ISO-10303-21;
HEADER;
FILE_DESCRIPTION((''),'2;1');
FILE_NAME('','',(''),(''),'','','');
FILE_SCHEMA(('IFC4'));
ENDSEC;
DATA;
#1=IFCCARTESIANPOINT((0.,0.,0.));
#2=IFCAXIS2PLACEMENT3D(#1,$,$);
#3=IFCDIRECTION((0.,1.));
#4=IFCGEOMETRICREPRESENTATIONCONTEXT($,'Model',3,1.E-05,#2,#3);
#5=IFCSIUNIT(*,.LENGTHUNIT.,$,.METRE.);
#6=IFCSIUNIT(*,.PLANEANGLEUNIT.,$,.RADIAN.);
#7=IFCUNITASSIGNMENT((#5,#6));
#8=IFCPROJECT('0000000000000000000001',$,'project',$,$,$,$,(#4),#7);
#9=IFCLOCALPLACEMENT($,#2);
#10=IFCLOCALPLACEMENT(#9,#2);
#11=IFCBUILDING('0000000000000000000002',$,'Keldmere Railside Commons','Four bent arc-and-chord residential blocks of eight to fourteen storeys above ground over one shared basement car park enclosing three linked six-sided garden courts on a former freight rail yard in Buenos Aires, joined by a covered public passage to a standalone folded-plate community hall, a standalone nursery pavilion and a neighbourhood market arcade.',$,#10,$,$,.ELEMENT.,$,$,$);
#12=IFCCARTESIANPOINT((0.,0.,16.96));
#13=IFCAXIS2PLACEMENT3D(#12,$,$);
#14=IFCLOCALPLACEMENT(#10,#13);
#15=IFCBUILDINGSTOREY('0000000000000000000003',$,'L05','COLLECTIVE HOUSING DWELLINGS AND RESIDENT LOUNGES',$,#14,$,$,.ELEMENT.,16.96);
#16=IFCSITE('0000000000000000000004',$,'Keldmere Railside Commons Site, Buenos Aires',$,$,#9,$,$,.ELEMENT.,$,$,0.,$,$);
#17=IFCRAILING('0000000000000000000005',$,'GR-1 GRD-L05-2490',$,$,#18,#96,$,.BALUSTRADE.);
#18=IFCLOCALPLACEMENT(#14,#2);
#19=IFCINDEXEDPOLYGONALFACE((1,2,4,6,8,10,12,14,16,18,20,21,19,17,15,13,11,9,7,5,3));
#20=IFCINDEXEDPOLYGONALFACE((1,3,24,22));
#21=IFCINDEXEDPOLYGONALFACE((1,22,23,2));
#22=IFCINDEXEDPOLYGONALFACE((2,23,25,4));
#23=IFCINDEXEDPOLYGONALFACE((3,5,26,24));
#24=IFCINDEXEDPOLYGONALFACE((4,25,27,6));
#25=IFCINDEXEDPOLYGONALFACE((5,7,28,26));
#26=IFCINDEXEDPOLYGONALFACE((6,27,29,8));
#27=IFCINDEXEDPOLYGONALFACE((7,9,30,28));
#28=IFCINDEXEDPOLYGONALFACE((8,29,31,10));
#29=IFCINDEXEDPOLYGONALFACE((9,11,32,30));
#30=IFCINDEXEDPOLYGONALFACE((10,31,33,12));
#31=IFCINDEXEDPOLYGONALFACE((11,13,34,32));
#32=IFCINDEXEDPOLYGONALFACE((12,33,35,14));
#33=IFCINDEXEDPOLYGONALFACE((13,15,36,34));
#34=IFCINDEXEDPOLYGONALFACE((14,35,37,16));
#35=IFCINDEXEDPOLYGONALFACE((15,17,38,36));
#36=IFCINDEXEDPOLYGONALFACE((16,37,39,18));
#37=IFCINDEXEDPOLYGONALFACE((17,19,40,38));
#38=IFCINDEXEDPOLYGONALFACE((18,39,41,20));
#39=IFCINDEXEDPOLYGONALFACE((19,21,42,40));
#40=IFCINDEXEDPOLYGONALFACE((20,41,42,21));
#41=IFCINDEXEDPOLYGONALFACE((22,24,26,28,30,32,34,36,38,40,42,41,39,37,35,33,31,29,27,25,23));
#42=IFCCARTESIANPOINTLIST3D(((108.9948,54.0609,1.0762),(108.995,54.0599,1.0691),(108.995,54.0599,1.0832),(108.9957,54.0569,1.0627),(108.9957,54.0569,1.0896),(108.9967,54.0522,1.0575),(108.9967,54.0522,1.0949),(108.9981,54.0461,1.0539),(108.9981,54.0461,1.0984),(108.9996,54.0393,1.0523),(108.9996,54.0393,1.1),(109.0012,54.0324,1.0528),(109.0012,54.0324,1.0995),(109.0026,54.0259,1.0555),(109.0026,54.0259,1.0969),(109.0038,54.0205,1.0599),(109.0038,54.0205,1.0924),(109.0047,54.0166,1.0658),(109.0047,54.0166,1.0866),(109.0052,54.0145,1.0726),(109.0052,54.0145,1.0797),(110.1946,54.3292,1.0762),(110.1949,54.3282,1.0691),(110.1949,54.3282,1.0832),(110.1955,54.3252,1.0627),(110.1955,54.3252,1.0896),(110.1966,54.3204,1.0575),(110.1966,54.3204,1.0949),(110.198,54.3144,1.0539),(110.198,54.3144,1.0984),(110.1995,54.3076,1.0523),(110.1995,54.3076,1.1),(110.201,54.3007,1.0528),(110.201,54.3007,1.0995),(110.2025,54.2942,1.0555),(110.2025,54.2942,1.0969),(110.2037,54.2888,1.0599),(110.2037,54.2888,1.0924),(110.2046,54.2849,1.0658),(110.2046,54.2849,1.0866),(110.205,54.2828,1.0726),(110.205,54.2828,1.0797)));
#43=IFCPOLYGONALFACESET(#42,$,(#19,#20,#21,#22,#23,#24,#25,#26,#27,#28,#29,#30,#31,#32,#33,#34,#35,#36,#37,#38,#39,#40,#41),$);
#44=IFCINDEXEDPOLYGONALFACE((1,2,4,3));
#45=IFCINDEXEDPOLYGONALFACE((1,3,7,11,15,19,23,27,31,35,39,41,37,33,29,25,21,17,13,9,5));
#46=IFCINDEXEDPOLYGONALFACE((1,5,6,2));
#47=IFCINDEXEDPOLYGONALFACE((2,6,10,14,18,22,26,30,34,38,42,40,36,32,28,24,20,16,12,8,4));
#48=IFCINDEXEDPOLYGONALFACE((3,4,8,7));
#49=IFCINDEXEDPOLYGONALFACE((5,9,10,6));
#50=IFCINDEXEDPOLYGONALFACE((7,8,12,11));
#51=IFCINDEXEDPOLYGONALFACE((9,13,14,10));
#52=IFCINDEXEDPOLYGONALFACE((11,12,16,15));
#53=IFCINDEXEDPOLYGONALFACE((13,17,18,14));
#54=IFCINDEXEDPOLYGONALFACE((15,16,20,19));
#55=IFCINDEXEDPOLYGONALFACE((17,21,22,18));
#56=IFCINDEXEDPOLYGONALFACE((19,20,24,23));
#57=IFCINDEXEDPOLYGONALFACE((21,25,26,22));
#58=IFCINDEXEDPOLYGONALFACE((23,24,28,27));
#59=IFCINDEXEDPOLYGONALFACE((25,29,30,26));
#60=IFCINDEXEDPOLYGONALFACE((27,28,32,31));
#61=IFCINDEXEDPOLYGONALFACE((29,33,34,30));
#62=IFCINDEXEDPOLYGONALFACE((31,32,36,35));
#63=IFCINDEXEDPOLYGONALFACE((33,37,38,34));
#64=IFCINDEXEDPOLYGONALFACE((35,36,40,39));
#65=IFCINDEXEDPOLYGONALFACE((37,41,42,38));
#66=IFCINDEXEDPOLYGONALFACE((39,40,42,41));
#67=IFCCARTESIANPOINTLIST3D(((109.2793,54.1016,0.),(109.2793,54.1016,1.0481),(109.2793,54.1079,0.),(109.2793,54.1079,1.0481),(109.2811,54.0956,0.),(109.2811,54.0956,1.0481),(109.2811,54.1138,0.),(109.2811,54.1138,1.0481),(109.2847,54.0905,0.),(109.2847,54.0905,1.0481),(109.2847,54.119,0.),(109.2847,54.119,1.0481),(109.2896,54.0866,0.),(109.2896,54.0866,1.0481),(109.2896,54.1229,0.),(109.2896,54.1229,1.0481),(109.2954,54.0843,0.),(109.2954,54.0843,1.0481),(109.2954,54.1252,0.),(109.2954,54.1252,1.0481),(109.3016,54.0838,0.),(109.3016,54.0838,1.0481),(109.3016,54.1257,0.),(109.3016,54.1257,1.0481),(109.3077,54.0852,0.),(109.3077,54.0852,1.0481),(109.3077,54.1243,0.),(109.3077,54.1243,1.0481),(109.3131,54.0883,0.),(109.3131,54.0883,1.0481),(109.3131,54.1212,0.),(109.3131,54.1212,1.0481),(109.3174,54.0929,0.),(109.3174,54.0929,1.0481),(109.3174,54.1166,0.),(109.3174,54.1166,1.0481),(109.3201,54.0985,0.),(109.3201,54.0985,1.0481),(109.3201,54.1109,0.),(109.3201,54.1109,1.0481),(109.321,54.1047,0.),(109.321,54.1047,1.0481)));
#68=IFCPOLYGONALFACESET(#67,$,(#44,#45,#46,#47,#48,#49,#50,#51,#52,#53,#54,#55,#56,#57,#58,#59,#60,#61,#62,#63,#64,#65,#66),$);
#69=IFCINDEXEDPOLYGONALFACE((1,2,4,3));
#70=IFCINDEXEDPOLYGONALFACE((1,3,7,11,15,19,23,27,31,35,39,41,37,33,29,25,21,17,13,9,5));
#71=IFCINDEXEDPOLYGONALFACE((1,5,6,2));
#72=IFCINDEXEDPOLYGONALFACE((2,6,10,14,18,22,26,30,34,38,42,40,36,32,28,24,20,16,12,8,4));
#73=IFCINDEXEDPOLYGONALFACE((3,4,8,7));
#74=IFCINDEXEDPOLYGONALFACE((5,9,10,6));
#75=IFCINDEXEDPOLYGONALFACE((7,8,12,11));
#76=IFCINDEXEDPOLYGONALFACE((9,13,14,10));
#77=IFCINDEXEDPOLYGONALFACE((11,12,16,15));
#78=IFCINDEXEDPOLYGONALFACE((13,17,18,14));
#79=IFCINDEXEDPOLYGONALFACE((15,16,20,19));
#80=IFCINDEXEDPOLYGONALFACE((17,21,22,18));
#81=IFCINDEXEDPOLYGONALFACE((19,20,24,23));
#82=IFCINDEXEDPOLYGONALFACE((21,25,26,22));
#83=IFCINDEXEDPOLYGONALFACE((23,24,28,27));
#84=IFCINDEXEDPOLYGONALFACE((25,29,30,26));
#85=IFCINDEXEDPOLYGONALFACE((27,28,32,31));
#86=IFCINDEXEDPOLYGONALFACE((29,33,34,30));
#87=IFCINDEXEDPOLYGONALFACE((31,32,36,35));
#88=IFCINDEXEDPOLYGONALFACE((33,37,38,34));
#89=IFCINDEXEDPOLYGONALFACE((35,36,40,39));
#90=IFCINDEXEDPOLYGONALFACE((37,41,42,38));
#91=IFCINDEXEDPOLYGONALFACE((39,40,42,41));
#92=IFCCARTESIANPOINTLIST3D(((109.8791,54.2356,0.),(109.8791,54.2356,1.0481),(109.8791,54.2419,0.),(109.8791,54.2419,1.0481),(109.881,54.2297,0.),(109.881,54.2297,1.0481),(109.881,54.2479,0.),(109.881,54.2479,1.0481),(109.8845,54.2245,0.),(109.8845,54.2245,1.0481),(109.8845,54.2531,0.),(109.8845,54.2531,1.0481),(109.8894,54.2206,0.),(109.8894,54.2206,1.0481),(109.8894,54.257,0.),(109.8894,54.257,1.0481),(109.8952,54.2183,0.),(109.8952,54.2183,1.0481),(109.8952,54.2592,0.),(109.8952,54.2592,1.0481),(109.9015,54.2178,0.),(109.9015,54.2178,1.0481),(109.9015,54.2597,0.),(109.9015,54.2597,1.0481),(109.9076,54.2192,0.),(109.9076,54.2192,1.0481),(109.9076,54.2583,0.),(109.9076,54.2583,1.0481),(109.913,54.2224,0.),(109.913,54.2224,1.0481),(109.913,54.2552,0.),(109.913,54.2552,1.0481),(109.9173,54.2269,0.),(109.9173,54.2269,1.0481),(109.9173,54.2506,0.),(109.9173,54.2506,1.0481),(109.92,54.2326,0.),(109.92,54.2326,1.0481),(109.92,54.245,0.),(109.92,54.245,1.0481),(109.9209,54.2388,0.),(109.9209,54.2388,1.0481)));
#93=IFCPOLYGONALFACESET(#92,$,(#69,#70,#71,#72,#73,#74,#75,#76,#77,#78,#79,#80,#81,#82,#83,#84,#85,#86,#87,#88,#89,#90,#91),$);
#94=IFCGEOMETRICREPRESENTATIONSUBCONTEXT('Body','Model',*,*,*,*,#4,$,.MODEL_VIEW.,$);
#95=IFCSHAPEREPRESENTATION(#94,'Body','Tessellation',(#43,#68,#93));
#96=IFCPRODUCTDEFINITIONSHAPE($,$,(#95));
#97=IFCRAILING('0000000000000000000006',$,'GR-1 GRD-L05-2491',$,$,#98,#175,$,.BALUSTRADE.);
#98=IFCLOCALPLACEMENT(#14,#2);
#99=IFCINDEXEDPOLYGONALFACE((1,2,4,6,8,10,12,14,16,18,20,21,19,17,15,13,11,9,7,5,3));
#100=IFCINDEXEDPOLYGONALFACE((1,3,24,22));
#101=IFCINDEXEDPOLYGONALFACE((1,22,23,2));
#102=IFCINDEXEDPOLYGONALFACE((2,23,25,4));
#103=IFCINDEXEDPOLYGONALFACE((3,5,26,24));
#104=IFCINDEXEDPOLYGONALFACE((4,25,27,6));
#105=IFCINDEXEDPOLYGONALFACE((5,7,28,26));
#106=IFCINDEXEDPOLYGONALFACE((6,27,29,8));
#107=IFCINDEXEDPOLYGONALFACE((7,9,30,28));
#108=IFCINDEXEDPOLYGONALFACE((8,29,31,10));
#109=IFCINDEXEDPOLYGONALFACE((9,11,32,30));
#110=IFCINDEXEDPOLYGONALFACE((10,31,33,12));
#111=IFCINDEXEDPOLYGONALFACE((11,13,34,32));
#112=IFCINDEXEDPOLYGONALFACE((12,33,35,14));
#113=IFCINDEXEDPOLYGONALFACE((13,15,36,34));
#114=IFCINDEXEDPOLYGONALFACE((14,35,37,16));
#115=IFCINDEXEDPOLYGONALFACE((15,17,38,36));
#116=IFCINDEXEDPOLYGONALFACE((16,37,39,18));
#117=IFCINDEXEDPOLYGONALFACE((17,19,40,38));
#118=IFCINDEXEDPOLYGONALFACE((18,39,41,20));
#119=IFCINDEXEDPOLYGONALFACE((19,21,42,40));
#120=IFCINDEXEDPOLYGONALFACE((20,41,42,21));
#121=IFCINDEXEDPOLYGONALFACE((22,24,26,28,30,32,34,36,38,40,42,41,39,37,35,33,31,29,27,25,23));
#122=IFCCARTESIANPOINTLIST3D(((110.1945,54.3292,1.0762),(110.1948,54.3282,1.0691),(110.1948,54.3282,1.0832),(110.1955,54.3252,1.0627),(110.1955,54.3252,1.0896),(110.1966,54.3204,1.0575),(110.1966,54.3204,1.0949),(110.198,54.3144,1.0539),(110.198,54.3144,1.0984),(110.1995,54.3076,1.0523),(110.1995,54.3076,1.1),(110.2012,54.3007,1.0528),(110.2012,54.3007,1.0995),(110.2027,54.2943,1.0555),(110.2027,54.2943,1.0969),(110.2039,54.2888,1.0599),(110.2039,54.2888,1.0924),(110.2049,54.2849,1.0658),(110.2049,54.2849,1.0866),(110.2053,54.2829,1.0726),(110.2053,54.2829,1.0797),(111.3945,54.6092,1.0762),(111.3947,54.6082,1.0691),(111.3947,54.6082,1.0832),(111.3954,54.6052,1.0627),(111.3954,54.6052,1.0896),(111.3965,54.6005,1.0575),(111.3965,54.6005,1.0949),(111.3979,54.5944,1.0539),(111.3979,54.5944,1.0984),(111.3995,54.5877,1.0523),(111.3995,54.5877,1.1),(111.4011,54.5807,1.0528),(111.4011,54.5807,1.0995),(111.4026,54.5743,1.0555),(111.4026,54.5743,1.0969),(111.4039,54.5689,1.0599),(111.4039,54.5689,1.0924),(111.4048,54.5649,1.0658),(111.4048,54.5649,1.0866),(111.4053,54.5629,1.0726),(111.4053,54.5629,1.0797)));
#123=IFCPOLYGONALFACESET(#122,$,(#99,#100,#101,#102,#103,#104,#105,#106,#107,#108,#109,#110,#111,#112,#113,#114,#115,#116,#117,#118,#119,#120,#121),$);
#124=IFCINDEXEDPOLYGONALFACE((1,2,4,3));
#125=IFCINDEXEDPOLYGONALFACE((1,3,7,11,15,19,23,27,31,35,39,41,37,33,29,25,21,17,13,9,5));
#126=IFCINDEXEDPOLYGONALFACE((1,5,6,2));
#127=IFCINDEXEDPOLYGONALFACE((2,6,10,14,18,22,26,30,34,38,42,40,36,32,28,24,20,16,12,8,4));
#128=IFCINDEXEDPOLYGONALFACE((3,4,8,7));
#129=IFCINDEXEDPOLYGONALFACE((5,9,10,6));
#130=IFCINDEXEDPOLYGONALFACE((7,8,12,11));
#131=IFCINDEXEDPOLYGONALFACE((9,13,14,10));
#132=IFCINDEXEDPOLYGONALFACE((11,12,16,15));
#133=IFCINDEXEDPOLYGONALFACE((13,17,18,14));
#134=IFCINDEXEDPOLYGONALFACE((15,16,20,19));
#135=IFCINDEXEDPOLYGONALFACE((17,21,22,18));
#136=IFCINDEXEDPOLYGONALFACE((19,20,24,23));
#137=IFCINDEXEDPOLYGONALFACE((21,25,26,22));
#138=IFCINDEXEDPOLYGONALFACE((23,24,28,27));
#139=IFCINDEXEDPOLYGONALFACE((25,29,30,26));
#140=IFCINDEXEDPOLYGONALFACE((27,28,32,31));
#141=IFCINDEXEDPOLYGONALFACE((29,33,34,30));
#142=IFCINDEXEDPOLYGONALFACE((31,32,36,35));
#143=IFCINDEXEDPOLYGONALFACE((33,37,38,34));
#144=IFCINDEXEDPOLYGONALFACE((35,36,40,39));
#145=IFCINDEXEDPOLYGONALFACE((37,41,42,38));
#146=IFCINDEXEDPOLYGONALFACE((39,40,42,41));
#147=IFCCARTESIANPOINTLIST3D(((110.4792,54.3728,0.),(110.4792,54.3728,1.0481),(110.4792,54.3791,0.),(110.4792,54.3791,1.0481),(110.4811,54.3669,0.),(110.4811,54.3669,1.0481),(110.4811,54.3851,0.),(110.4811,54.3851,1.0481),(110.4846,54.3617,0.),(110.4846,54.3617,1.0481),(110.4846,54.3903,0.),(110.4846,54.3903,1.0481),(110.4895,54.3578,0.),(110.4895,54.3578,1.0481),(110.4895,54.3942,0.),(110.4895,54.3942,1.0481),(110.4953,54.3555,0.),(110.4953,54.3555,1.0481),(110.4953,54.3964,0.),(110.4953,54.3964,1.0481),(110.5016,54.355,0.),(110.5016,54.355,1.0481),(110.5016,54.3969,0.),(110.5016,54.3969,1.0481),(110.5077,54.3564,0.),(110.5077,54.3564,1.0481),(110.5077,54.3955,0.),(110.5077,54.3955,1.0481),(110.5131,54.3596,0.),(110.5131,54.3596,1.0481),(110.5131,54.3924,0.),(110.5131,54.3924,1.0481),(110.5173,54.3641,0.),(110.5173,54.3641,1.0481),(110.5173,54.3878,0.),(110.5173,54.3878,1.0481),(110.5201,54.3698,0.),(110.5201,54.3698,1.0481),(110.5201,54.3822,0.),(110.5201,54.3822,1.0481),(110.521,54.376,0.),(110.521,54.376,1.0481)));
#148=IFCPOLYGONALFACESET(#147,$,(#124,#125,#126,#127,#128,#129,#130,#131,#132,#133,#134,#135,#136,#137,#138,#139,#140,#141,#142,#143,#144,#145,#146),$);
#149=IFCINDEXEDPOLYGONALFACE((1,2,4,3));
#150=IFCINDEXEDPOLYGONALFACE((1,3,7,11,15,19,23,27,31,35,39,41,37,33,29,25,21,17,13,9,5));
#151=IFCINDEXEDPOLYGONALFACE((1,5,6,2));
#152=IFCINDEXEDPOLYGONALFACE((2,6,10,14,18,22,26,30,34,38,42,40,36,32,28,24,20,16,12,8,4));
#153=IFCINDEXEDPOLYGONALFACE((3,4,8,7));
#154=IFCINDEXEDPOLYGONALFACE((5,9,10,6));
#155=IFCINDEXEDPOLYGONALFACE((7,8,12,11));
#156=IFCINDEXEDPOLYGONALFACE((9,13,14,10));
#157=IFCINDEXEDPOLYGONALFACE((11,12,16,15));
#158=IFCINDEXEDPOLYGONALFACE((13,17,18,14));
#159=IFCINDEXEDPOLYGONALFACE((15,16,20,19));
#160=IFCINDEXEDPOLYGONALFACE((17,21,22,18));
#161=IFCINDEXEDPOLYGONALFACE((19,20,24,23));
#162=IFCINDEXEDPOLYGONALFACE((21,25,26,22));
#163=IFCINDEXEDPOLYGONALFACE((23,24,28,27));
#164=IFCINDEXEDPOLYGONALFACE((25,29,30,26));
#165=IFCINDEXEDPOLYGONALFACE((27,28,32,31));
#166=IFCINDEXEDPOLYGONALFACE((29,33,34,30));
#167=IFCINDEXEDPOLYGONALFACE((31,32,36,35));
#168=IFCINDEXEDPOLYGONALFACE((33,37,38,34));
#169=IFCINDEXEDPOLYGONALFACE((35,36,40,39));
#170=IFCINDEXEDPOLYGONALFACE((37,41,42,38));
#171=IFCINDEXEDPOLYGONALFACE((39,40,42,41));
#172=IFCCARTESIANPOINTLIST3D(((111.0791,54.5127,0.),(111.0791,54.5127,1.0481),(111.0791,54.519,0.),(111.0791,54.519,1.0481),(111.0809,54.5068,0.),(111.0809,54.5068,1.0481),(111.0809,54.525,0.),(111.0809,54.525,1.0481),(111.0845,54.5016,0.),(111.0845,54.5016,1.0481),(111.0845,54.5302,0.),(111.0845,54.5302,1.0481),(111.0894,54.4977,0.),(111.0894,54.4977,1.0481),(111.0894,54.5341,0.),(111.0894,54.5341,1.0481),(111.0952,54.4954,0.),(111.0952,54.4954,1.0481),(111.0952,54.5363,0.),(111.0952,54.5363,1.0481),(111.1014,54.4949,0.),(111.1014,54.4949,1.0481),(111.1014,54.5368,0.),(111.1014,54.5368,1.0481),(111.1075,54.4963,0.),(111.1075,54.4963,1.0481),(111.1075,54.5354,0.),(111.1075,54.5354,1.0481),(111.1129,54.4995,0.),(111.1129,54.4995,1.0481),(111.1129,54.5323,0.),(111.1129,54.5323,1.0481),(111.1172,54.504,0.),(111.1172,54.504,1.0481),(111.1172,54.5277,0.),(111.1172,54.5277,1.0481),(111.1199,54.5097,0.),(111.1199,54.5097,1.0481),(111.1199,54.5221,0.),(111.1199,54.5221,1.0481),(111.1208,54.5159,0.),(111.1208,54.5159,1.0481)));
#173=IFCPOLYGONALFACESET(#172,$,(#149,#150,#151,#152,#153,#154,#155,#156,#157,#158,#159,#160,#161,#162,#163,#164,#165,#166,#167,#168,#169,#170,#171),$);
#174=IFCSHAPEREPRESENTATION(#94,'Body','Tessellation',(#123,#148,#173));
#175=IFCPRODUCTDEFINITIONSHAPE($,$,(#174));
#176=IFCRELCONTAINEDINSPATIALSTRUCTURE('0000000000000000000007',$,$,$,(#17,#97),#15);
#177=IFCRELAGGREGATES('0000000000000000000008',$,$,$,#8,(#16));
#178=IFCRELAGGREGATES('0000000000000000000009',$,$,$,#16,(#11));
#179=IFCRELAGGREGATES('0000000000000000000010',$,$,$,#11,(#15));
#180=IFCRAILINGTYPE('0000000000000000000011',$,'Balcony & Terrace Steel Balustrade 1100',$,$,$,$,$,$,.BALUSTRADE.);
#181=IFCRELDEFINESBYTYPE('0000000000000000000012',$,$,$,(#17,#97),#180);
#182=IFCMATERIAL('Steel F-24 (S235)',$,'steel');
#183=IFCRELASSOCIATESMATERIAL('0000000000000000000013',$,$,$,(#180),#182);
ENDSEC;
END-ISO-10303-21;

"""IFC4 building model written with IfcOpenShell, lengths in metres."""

from ifc_helpers import new_model, si_unit, direction, frame, origin, origin_2d, place, context, subcontext, project, spatial, circle, extrude, material, type_object, element, save


model = new_model("IFC4")

# Units and contexts
model_context = context("Model", 3, precision=1e-05, world=origin(), true_north=direction((0.0, 1.0)))
body_context = subcontext(model_context, "Body", "Model", "MODEL_VIEW")
ifc_project = project(units=[si_unit("LENGTHUNIT", "METRE"), si_unit("PLANEANGLEUNIT", "RADIAN")], contexts=[model_context])

# Site, building, storey
site_placement = place(None, origin())
site = spatial("IfcSite", under=ifc_project, at=site_placement, Name="Keldmere Railside Commons Site, Buenos Aires", CompositionType="ELEMENT", RefElevation=0.0)
building_placement = place(site_placement, origin())
building = spatial("IfcBuilding", under=site, at=building_placement, Name="Keldmere Railside Commons", Description="Four bent arc-and-chord residential blocks of eight to fourteen storeys above ground over one shared basement car park enclosing three linked six-sided garden courts on a former freight rail yard in Buenos Aires, joined by a covered public passage to a standalone folded-plate community hall, a standalone nursery pavilion and a neighbourhood market arcade.", CompositionType="ELEMENT")
storey_placement = place(building_placement, frame((0.0, 0.0, 16.96)))
storey = spatial("IfcBuildingStorey", under=building, at=storey_placement, Name="L05", Description="COLLECTIVE HOUSING DWELLINGS AND RESIDENT LOUNGES", CompositionType="ELEMENT", Elevation=16.96)

# Railings
ifc_material_1 = material(Name="Steel F-24 (S235)", Category="steel")
railing_type = type_object("IfcRailingType", Name="Balcony & Terrace Steel Balustrade 1100", PredefinedType="BALUSTRADE", material=ifc_material_1)
railing_1_placement = place(storey_placement, frame((109.0, 54.0376, 0.0)))
element("IfcRailing", 1, at=railing_1_placement, inside=storey, type_object=railing_type, Name="GR-1 GRD-L05-2490", PredefinedType="BALUSTRADE", context=body_context, shape_type="SweptSolid", body=[
    extrude(circle(Radius=0.0239, at=origin_2d()), frame((0.0, 0.0, 1.0762), z_axis=(0.975901, 0.218213, 0.0), x_axis=(-0.218213, 0.975901, 0.0)), (0.0, 0.0, 1.0), 1.2295),
    extrude(circle(Radius=0.021, at=origin_2d()), frame((0.3, 0.0671, 0.0)), (0.0, 0.0, 1.0), 1.0481),
    extrude(circle(Radius=0.021, at=origin_2d()), frame((0.8999, 0.2012, 0.0)), (0.0, 0.0, 1.0), 1.0481),
])
railing_2_placement = place(storey_placement, frame((110.2, 54.3059, 0.0)))
element("IfcRailing", 2, at=railing_2_placement, inside=storey, type_object=railing_type, Name="GR-1 GRD-L05-2491", PredefinedType="BALUSTRADE", context=body_context, shape_type="SweptSolid", body=[
    extrude(circle(Radius=0.0239, at=origin_2d()), frame((0.0, 0.0, 1.0762), z_axis=(0.973834, 0.227261, 0.0), x_axis=(-0.227261, 0.973834, 0.0)), (0.0, 0.0, 1.0), 1.2322),
    extrude(circle(Radius=0.021, at=origin_2d()), frame((0.3, 0.0701, 0.0)), (0.0, 0.0, 1.0), 1.0481),
    extrude(circle(Radius=0.021, at=origin_2d()), frame((0.8999, 0.21, 0.0)), (0.0, 0.0, 1.0), 1.0481),
])

save(model, "model.ifc")
